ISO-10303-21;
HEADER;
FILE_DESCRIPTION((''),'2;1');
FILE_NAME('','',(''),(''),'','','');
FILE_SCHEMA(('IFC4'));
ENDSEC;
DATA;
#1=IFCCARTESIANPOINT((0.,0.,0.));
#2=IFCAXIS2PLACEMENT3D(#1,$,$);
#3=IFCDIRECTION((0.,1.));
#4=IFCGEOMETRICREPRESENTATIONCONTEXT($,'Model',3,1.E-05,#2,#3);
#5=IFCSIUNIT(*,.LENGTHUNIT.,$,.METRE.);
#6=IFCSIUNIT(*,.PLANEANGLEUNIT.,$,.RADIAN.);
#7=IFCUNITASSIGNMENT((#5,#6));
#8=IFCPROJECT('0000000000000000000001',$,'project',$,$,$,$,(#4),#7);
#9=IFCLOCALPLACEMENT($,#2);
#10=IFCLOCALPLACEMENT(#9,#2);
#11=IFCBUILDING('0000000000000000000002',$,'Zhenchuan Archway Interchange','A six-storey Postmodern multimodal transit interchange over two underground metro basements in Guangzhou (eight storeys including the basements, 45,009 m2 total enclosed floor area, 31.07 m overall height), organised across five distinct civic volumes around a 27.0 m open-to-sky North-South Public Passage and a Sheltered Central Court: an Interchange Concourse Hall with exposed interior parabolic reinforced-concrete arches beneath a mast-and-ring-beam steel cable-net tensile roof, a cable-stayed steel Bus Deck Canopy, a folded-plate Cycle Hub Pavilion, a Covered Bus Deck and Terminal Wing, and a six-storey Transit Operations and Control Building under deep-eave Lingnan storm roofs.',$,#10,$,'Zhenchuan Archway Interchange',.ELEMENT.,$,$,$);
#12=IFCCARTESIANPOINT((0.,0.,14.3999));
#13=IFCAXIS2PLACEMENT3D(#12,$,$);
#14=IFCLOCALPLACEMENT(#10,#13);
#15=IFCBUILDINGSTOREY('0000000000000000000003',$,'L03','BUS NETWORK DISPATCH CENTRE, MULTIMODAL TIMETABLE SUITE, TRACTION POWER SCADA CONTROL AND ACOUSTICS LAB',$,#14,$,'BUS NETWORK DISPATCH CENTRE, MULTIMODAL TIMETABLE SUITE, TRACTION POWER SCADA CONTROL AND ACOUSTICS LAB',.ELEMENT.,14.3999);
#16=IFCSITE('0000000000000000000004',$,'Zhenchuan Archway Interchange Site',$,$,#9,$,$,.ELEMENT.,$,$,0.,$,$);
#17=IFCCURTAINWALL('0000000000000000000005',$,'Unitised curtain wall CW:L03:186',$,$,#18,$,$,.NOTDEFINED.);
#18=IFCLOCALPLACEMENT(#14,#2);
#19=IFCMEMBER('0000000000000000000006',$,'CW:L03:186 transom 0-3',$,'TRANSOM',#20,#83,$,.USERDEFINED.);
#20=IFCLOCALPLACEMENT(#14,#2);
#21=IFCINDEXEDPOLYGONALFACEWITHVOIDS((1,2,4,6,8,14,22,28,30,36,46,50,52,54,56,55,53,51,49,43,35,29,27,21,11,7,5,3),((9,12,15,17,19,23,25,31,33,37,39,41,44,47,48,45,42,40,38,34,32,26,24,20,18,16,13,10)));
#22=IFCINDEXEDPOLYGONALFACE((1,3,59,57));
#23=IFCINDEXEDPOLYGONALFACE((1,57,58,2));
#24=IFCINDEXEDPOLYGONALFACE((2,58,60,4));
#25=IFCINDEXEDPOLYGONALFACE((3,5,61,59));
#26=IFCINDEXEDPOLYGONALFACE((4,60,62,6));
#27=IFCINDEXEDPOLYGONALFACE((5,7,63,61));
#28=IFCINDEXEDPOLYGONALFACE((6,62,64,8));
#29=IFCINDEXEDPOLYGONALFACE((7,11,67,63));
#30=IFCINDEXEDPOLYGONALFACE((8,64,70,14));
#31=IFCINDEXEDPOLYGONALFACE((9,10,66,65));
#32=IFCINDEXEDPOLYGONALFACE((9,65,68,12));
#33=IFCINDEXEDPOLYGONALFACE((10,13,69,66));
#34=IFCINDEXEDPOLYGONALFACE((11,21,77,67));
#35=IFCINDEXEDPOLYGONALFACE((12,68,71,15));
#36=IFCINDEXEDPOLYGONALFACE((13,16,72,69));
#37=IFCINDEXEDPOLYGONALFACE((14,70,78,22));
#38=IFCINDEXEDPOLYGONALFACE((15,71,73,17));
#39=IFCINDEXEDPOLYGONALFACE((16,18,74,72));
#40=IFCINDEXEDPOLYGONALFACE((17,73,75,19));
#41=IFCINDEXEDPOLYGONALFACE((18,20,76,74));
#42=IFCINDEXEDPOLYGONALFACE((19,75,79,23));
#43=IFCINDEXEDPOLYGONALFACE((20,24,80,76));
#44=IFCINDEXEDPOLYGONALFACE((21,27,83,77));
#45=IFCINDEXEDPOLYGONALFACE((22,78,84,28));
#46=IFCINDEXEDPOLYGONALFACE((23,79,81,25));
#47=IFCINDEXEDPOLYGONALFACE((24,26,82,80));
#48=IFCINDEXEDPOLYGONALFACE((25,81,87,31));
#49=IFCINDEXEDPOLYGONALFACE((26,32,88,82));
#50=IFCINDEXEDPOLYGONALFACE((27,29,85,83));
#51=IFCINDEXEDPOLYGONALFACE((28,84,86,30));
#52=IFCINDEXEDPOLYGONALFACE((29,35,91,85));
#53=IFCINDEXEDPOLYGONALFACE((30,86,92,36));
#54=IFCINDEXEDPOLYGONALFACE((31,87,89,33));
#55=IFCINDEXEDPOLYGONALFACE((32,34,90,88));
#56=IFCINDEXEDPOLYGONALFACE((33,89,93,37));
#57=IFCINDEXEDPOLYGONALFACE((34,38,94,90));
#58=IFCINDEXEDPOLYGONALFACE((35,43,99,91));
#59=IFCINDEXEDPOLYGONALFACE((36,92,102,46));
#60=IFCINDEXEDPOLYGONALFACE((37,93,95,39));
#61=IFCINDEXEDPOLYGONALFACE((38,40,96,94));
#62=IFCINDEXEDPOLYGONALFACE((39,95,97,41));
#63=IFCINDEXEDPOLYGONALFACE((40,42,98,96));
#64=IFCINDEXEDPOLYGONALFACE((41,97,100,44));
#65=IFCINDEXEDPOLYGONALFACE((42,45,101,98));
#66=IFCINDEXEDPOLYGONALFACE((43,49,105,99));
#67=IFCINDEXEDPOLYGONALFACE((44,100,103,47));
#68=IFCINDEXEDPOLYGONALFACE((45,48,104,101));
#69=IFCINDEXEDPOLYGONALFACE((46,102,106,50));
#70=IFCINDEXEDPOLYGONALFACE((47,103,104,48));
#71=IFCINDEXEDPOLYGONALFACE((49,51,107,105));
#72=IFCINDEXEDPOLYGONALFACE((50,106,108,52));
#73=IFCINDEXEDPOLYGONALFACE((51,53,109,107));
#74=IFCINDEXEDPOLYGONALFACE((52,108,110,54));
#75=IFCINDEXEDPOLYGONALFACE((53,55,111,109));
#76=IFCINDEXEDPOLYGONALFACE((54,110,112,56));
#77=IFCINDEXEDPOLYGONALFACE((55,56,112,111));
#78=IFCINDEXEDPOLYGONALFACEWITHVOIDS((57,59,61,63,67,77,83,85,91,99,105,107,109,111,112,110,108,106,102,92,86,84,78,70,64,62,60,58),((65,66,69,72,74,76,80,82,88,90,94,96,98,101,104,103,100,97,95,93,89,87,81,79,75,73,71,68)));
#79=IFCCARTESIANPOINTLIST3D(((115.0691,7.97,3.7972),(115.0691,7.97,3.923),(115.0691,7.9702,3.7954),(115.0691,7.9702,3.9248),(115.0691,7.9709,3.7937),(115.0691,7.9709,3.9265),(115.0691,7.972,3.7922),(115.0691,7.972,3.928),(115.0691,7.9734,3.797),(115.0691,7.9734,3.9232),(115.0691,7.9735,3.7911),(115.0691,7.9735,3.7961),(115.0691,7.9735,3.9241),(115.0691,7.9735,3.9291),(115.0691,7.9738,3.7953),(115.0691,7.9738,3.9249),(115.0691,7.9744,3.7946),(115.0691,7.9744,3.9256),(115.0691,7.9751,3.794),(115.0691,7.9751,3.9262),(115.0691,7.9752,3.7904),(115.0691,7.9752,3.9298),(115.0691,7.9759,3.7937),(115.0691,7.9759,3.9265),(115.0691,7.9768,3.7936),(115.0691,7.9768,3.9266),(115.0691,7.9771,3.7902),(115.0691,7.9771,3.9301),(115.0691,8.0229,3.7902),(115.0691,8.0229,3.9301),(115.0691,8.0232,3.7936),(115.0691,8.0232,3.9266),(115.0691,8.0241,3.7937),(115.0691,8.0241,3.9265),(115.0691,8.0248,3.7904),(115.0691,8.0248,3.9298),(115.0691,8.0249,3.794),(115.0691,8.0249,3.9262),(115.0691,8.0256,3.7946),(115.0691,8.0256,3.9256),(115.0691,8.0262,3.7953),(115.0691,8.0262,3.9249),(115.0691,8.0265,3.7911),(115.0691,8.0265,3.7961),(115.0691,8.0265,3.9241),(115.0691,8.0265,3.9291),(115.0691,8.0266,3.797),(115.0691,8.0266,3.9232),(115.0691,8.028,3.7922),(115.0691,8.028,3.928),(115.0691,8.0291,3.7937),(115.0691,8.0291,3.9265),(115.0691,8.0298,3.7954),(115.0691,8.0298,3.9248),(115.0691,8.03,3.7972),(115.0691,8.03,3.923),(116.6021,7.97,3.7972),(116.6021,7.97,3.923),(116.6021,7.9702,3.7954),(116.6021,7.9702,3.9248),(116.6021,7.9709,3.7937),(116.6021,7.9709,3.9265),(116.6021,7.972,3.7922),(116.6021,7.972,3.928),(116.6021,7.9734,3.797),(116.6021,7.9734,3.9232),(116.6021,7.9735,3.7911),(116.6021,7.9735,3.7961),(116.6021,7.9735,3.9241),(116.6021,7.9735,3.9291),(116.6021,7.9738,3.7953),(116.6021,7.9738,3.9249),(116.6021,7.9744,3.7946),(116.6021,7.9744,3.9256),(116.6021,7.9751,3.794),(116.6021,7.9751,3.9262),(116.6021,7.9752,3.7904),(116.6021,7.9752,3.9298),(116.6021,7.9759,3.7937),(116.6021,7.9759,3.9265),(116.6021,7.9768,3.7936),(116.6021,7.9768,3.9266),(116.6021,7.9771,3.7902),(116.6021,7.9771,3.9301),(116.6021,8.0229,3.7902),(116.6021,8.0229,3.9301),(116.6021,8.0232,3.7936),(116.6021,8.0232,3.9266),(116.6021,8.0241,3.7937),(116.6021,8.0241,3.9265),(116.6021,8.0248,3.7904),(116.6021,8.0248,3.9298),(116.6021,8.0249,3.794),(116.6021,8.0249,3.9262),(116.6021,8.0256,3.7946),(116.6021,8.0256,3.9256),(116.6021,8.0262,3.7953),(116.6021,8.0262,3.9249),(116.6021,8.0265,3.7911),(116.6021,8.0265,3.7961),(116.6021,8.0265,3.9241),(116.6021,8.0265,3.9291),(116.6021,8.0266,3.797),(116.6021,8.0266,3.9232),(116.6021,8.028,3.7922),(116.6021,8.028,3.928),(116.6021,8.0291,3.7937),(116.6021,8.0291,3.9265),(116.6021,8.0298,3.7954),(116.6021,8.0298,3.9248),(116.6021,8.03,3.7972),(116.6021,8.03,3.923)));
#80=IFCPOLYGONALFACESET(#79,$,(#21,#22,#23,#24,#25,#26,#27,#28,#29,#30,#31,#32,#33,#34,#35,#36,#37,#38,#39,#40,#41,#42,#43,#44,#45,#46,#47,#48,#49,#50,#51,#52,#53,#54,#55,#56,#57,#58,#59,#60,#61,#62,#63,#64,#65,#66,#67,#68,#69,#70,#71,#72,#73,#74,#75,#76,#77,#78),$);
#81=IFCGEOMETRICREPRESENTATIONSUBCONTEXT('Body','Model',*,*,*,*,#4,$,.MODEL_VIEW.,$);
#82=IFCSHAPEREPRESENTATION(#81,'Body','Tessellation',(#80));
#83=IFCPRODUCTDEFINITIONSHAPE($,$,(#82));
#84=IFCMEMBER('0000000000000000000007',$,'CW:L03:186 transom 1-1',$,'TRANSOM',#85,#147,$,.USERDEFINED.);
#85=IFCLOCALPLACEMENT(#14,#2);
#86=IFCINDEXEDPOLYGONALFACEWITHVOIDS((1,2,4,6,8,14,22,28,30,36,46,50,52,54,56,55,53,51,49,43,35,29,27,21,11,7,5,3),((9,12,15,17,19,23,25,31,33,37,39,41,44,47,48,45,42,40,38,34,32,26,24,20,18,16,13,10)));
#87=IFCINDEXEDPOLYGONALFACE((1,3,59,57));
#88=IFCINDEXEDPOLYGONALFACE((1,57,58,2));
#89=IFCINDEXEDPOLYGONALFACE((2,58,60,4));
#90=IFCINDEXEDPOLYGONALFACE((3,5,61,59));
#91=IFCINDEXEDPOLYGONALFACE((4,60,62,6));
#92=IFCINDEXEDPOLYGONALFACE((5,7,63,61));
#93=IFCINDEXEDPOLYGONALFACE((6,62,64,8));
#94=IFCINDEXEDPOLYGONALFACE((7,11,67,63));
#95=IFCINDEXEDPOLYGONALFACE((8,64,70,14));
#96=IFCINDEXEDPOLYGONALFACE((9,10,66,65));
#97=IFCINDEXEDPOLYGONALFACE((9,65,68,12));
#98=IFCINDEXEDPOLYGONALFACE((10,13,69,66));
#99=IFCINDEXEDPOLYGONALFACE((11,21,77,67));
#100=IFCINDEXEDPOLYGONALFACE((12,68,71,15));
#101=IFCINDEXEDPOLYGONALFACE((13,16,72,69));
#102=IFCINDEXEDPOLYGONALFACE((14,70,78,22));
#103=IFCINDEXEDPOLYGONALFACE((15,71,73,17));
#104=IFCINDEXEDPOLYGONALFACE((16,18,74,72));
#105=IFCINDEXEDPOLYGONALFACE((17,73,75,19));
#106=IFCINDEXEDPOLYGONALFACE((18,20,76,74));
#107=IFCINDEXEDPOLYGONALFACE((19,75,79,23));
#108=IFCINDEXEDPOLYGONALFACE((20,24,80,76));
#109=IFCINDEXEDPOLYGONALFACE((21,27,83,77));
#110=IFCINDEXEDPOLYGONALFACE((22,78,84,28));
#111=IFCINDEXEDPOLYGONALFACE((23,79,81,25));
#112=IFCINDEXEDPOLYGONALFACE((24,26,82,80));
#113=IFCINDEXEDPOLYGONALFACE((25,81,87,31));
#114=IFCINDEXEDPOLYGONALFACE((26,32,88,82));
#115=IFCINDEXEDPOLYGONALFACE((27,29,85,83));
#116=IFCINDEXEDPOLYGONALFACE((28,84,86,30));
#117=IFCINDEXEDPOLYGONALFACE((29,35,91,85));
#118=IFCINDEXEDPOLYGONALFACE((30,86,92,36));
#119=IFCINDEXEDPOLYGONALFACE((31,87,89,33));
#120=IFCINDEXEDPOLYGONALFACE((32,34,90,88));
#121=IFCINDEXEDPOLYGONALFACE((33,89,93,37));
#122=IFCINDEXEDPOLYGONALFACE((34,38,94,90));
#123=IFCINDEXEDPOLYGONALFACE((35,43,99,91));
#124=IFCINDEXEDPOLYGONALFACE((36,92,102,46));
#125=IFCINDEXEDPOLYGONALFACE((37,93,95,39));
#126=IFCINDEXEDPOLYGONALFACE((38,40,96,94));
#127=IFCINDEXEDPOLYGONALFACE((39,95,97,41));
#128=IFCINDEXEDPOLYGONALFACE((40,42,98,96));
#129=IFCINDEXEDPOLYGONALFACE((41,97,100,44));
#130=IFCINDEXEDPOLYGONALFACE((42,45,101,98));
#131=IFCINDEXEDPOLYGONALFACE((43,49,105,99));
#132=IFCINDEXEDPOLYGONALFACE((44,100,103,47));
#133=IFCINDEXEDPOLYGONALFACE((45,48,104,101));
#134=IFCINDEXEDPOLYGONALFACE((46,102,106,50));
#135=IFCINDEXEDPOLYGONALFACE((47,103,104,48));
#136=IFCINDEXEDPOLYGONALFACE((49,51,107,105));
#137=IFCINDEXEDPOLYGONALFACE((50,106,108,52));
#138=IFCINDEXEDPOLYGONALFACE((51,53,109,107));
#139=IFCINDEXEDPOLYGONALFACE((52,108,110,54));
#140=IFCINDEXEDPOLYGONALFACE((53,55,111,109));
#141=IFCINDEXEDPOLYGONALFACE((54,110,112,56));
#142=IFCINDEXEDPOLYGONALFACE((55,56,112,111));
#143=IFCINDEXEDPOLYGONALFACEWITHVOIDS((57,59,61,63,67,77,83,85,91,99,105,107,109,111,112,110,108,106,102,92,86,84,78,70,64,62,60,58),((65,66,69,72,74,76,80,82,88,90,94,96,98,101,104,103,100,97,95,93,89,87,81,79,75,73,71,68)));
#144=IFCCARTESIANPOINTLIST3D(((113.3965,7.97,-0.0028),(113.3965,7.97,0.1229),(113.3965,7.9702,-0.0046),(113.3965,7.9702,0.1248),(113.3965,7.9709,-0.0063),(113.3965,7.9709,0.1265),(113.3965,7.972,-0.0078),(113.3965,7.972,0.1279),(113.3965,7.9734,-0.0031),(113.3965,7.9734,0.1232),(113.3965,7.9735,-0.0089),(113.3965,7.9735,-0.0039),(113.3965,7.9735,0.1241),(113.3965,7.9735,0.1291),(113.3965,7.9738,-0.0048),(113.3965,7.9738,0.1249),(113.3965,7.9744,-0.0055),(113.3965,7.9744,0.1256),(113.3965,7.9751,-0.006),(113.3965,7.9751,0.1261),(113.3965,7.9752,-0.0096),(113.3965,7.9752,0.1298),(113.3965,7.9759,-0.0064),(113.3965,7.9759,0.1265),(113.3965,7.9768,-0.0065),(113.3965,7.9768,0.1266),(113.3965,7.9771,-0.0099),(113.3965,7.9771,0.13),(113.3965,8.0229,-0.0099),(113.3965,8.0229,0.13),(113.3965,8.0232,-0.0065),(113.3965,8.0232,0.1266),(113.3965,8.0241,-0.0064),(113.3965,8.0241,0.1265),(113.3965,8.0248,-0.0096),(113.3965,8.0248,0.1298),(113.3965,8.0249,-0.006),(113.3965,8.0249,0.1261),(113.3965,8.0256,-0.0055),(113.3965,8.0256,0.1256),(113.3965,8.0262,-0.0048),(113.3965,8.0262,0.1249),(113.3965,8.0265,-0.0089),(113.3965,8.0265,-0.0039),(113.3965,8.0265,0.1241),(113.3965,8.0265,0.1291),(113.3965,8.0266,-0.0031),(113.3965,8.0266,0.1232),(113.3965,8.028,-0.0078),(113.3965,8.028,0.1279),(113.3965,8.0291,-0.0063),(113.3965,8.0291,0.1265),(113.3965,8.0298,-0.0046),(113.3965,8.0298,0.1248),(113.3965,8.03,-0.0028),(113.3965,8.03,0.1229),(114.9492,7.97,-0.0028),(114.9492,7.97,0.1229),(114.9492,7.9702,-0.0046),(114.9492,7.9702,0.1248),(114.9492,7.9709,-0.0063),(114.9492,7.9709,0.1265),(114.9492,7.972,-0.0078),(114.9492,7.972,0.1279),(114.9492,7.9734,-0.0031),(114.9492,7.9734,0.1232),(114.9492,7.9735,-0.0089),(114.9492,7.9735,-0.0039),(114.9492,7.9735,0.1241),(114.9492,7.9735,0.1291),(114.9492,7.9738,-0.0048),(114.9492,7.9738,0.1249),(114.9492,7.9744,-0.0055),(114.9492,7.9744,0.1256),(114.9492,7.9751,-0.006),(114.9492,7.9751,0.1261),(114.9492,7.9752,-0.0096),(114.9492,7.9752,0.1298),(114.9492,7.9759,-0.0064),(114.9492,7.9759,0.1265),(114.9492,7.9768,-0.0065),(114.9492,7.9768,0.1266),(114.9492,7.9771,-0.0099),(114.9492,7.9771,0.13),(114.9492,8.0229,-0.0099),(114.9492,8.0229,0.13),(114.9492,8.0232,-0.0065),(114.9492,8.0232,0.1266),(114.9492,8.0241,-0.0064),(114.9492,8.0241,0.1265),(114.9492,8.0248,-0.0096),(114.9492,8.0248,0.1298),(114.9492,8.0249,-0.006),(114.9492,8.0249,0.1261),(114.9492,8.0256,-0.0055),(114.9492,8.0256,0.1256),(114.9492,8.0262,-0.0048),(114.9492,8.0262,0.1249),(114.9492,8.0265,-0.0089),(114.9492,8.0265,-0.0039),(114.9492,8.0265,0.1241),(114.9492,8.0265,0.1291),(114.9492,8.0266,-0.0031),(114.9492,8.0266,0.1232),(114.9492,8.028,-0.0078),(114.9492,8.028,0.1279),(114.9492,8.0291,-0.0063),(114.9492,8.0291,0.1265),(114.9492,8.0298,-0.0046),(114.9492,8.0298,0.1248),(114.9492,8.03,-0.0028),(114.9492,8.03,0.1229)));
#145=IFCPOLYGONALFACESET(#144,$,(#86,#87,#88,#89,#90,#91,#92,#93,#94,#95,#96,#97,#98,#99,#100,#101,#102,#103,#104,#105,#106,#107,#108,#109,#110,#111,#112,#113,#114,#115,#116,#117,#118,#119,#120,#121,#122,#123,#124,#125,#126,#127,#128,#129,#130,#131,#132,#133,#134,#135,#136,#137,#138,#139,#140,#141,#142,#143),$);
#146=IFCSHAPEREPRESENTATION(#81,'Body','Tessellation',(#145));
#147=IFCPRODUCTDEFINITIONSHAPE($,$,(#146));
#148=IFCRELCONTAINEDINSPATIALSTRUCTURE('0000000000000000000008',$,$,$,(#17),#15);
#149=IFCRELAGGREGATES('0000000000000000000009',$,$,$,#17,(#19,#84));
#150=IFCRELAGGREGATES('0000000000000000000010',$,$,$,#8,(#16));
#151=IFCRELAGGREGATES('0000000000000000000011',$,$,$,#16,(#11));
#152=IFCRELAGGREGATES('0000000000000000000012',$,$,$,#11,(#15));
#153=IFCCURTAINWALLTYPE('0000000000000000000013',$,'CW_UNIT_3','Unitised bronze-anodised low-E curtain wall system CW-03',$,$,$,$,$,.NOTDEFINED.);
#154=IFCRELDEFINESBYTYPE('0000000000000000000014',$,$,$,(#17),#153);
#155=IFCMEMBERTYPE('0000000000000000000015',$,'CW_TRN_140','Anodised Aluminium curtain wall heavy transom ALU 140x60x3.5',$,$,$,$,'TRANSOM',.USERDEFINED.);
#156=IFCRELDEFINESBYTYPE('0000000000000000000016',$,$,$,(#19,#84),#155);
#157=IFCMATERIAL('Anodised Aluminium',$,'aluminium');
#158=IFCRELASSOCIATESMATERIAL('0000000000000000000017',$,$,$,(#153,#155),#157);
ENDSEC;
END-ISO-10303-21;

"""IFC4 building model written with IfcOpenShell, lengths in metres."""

from ifc_helpers import new_model, si_unit, direction, frame, origin, origin_2d, place, context, subcontext, project, spatial, hollow_rectangle, extrude, material, material_profile, profile_set, type_object, element, aggregate, save


model = new_model("IFC4")

# Units and contexts
model_context = context("Model", 3, precision=1e-05, world=origin(), true_north=direction((0.0, 1.0)))
body_context = subcontext(model_context, "Body", "Model", "MODEL_VIEW")
ifc_project = project(units=[si_unit("LENGTHUNIT", "METRE"), si_unit("PLANEANGLEUNIT", "RADIAN")], contexts=[model_context])

# Site, building, storey
site_placement = place(None, origin())
site = spatial("IfcSite", under=ifc_project, at=site_placement, Name="Zhenchuan Archway Interchange Site", CompositionType="ELEMENT", RefElevation=0.0)
building_placement = place(site_placement, origin())
building = spatial("IfcBuilding", under=site, at=building_placement, Name="Zhenchuan Archway Interchange", Description="A six-storey Postmodern multimodal transit interchange over two underground metro basements in Guangzhou (eight storeys including the basements, 45,009 m2 total enclosed floor area, 31.07 m overall height), organised across five distinct civic volumes around a 27.0 m open-to-sky North-South Public Passage and a Sheltered Central Court: an Interchange Concourse Hall with exposed interior parabolic reinforced-concrete arches beneath a mast-and-ring-beam steel cable-net tensile roof, a cable-stayed steel Bus Deck Canopy, a folded-plate Cycle Hub Pavilion, a Covered Bus Deck and Terminal Wing, and a six-storey Transit Operations and Control Building under deep-eave Lingnan storm roofs.", LongName="Zhenchuan Archway Interchange", CompositionType="ELEMENT")
storey_placement = place(building_placement, frame((0.0, 0.0, 14.3999)))
storey = spatial("IfcBuildingStorey", under=building, at=storey_placement, Name="L03", Description="BUS NETWORK DISPATCH CENTRE, MULTIMODAL TIMETABLE SUITE, TRACTION POWER SCADA CONTROL AND ACOUSTICS LAB", LongName="BUS NETWORK DISPATCH CENTRE, MULTIMODAL TIMETABLE SUITE, TRACTION POWER SCADA CONTROL AND ACOUSTICS LAB", CompositionType="ELEMENT", Elevation=14.3999)

# Curtain wall, members
ifc_material_1 = material(Name="Anodised Aluminium", Category="aluminium")
curtain_wall_type = type_object("IfcCurtainWallType", Name="CW_UNIT_3", Description="Unitised bronze-anodised low-E curtain wall system CW-03", PredefinedType="NOTDEFINED", material=ifc_material_1)
curtain_wall_placement = place(storey_placement, origin())
curtain_wall = element("IfcCurtainWall", 1, at=curtain_wall_placement, inside=storey, type_object=curtain_wall_type, Name="Unitised curtain wall CW:L03:186", PredefinedType="NOTDEFINED")
ifc_material_profile_1 = material_profile(ifc_material_1, hollow_rectangle(XDim=0.0601, YDim=0.1399, WallThickness=0.0034, InnerFilletRadius=0.0034, OuterFilletRadius=0.0071, at=origin_2d()), Name="ALU 140x60x3.5")
ifc_profile_set_1 = profile_set([ifc_material_profile_1], Name="Anodised Aluminium")
member_type_1 = type_object("IfcMemberType", Name="CW_TRN_140", Description="Anodised Aluminium curtain wall heavy transom ALU 140x60x3.5", ElementType="TRANSOM", PredefinedType="USERDEFINED", material=ifc_profile_set_1)
member_1_placement = place(storey_placement, frame((116.6021, 8.0, 3.8601), z_axis=(-1.0, 0.0, 0.0), x_axis=(0.0, -1.0, 0.0)))
member_1 = element("IfcMember", 2, at=member_1_placement, type_object=member_type_1, Name="CW:L03:186 transom 0-3", ObjectType="TRANSOM", PredefinedType="USERDEFINED", context=body_context, shape_type="SweptSolid", body=[
    extrude(hollow_rectangle(XDim=0.0601, YDim=0.1399, WallThickness=0.0034, InnerFilletRadius=0.0034, OuterFilletRadius=0.0071, at=origin_2d()), origin(), (0.0, 0.0, 1.0), 1.533),
])
member_2_placement = place(storey_placement, frame((114.9492, 8.0, 0.0601), z_axis=(-1.0, 0.0, 0.0), x_axis=(0.0, -1.0, 0.0)))
member_2 = element("IfcMember", 3, at=member_2_placement, type_object=member_type_1, Name="CW:L03:186 transom 1-1", ObjectType="TRANSOM", PredefinedType="USERDEFINED", context=body_context, shape_type="SweptSolid", body=[
    extrude(hollow_rectangle(XDim=0.0601, YDim=0.1399, WallThickness=0.0034, InnerFilletRadius=0.0034, OuterFilletRadius=0.0071, at=origin_2d()), origin(), (0.0, 0.0, 1.0), 1.5527),
])

aggregate(curtain_wall, [member_1, member_2])

save(model, "model.ifc")
